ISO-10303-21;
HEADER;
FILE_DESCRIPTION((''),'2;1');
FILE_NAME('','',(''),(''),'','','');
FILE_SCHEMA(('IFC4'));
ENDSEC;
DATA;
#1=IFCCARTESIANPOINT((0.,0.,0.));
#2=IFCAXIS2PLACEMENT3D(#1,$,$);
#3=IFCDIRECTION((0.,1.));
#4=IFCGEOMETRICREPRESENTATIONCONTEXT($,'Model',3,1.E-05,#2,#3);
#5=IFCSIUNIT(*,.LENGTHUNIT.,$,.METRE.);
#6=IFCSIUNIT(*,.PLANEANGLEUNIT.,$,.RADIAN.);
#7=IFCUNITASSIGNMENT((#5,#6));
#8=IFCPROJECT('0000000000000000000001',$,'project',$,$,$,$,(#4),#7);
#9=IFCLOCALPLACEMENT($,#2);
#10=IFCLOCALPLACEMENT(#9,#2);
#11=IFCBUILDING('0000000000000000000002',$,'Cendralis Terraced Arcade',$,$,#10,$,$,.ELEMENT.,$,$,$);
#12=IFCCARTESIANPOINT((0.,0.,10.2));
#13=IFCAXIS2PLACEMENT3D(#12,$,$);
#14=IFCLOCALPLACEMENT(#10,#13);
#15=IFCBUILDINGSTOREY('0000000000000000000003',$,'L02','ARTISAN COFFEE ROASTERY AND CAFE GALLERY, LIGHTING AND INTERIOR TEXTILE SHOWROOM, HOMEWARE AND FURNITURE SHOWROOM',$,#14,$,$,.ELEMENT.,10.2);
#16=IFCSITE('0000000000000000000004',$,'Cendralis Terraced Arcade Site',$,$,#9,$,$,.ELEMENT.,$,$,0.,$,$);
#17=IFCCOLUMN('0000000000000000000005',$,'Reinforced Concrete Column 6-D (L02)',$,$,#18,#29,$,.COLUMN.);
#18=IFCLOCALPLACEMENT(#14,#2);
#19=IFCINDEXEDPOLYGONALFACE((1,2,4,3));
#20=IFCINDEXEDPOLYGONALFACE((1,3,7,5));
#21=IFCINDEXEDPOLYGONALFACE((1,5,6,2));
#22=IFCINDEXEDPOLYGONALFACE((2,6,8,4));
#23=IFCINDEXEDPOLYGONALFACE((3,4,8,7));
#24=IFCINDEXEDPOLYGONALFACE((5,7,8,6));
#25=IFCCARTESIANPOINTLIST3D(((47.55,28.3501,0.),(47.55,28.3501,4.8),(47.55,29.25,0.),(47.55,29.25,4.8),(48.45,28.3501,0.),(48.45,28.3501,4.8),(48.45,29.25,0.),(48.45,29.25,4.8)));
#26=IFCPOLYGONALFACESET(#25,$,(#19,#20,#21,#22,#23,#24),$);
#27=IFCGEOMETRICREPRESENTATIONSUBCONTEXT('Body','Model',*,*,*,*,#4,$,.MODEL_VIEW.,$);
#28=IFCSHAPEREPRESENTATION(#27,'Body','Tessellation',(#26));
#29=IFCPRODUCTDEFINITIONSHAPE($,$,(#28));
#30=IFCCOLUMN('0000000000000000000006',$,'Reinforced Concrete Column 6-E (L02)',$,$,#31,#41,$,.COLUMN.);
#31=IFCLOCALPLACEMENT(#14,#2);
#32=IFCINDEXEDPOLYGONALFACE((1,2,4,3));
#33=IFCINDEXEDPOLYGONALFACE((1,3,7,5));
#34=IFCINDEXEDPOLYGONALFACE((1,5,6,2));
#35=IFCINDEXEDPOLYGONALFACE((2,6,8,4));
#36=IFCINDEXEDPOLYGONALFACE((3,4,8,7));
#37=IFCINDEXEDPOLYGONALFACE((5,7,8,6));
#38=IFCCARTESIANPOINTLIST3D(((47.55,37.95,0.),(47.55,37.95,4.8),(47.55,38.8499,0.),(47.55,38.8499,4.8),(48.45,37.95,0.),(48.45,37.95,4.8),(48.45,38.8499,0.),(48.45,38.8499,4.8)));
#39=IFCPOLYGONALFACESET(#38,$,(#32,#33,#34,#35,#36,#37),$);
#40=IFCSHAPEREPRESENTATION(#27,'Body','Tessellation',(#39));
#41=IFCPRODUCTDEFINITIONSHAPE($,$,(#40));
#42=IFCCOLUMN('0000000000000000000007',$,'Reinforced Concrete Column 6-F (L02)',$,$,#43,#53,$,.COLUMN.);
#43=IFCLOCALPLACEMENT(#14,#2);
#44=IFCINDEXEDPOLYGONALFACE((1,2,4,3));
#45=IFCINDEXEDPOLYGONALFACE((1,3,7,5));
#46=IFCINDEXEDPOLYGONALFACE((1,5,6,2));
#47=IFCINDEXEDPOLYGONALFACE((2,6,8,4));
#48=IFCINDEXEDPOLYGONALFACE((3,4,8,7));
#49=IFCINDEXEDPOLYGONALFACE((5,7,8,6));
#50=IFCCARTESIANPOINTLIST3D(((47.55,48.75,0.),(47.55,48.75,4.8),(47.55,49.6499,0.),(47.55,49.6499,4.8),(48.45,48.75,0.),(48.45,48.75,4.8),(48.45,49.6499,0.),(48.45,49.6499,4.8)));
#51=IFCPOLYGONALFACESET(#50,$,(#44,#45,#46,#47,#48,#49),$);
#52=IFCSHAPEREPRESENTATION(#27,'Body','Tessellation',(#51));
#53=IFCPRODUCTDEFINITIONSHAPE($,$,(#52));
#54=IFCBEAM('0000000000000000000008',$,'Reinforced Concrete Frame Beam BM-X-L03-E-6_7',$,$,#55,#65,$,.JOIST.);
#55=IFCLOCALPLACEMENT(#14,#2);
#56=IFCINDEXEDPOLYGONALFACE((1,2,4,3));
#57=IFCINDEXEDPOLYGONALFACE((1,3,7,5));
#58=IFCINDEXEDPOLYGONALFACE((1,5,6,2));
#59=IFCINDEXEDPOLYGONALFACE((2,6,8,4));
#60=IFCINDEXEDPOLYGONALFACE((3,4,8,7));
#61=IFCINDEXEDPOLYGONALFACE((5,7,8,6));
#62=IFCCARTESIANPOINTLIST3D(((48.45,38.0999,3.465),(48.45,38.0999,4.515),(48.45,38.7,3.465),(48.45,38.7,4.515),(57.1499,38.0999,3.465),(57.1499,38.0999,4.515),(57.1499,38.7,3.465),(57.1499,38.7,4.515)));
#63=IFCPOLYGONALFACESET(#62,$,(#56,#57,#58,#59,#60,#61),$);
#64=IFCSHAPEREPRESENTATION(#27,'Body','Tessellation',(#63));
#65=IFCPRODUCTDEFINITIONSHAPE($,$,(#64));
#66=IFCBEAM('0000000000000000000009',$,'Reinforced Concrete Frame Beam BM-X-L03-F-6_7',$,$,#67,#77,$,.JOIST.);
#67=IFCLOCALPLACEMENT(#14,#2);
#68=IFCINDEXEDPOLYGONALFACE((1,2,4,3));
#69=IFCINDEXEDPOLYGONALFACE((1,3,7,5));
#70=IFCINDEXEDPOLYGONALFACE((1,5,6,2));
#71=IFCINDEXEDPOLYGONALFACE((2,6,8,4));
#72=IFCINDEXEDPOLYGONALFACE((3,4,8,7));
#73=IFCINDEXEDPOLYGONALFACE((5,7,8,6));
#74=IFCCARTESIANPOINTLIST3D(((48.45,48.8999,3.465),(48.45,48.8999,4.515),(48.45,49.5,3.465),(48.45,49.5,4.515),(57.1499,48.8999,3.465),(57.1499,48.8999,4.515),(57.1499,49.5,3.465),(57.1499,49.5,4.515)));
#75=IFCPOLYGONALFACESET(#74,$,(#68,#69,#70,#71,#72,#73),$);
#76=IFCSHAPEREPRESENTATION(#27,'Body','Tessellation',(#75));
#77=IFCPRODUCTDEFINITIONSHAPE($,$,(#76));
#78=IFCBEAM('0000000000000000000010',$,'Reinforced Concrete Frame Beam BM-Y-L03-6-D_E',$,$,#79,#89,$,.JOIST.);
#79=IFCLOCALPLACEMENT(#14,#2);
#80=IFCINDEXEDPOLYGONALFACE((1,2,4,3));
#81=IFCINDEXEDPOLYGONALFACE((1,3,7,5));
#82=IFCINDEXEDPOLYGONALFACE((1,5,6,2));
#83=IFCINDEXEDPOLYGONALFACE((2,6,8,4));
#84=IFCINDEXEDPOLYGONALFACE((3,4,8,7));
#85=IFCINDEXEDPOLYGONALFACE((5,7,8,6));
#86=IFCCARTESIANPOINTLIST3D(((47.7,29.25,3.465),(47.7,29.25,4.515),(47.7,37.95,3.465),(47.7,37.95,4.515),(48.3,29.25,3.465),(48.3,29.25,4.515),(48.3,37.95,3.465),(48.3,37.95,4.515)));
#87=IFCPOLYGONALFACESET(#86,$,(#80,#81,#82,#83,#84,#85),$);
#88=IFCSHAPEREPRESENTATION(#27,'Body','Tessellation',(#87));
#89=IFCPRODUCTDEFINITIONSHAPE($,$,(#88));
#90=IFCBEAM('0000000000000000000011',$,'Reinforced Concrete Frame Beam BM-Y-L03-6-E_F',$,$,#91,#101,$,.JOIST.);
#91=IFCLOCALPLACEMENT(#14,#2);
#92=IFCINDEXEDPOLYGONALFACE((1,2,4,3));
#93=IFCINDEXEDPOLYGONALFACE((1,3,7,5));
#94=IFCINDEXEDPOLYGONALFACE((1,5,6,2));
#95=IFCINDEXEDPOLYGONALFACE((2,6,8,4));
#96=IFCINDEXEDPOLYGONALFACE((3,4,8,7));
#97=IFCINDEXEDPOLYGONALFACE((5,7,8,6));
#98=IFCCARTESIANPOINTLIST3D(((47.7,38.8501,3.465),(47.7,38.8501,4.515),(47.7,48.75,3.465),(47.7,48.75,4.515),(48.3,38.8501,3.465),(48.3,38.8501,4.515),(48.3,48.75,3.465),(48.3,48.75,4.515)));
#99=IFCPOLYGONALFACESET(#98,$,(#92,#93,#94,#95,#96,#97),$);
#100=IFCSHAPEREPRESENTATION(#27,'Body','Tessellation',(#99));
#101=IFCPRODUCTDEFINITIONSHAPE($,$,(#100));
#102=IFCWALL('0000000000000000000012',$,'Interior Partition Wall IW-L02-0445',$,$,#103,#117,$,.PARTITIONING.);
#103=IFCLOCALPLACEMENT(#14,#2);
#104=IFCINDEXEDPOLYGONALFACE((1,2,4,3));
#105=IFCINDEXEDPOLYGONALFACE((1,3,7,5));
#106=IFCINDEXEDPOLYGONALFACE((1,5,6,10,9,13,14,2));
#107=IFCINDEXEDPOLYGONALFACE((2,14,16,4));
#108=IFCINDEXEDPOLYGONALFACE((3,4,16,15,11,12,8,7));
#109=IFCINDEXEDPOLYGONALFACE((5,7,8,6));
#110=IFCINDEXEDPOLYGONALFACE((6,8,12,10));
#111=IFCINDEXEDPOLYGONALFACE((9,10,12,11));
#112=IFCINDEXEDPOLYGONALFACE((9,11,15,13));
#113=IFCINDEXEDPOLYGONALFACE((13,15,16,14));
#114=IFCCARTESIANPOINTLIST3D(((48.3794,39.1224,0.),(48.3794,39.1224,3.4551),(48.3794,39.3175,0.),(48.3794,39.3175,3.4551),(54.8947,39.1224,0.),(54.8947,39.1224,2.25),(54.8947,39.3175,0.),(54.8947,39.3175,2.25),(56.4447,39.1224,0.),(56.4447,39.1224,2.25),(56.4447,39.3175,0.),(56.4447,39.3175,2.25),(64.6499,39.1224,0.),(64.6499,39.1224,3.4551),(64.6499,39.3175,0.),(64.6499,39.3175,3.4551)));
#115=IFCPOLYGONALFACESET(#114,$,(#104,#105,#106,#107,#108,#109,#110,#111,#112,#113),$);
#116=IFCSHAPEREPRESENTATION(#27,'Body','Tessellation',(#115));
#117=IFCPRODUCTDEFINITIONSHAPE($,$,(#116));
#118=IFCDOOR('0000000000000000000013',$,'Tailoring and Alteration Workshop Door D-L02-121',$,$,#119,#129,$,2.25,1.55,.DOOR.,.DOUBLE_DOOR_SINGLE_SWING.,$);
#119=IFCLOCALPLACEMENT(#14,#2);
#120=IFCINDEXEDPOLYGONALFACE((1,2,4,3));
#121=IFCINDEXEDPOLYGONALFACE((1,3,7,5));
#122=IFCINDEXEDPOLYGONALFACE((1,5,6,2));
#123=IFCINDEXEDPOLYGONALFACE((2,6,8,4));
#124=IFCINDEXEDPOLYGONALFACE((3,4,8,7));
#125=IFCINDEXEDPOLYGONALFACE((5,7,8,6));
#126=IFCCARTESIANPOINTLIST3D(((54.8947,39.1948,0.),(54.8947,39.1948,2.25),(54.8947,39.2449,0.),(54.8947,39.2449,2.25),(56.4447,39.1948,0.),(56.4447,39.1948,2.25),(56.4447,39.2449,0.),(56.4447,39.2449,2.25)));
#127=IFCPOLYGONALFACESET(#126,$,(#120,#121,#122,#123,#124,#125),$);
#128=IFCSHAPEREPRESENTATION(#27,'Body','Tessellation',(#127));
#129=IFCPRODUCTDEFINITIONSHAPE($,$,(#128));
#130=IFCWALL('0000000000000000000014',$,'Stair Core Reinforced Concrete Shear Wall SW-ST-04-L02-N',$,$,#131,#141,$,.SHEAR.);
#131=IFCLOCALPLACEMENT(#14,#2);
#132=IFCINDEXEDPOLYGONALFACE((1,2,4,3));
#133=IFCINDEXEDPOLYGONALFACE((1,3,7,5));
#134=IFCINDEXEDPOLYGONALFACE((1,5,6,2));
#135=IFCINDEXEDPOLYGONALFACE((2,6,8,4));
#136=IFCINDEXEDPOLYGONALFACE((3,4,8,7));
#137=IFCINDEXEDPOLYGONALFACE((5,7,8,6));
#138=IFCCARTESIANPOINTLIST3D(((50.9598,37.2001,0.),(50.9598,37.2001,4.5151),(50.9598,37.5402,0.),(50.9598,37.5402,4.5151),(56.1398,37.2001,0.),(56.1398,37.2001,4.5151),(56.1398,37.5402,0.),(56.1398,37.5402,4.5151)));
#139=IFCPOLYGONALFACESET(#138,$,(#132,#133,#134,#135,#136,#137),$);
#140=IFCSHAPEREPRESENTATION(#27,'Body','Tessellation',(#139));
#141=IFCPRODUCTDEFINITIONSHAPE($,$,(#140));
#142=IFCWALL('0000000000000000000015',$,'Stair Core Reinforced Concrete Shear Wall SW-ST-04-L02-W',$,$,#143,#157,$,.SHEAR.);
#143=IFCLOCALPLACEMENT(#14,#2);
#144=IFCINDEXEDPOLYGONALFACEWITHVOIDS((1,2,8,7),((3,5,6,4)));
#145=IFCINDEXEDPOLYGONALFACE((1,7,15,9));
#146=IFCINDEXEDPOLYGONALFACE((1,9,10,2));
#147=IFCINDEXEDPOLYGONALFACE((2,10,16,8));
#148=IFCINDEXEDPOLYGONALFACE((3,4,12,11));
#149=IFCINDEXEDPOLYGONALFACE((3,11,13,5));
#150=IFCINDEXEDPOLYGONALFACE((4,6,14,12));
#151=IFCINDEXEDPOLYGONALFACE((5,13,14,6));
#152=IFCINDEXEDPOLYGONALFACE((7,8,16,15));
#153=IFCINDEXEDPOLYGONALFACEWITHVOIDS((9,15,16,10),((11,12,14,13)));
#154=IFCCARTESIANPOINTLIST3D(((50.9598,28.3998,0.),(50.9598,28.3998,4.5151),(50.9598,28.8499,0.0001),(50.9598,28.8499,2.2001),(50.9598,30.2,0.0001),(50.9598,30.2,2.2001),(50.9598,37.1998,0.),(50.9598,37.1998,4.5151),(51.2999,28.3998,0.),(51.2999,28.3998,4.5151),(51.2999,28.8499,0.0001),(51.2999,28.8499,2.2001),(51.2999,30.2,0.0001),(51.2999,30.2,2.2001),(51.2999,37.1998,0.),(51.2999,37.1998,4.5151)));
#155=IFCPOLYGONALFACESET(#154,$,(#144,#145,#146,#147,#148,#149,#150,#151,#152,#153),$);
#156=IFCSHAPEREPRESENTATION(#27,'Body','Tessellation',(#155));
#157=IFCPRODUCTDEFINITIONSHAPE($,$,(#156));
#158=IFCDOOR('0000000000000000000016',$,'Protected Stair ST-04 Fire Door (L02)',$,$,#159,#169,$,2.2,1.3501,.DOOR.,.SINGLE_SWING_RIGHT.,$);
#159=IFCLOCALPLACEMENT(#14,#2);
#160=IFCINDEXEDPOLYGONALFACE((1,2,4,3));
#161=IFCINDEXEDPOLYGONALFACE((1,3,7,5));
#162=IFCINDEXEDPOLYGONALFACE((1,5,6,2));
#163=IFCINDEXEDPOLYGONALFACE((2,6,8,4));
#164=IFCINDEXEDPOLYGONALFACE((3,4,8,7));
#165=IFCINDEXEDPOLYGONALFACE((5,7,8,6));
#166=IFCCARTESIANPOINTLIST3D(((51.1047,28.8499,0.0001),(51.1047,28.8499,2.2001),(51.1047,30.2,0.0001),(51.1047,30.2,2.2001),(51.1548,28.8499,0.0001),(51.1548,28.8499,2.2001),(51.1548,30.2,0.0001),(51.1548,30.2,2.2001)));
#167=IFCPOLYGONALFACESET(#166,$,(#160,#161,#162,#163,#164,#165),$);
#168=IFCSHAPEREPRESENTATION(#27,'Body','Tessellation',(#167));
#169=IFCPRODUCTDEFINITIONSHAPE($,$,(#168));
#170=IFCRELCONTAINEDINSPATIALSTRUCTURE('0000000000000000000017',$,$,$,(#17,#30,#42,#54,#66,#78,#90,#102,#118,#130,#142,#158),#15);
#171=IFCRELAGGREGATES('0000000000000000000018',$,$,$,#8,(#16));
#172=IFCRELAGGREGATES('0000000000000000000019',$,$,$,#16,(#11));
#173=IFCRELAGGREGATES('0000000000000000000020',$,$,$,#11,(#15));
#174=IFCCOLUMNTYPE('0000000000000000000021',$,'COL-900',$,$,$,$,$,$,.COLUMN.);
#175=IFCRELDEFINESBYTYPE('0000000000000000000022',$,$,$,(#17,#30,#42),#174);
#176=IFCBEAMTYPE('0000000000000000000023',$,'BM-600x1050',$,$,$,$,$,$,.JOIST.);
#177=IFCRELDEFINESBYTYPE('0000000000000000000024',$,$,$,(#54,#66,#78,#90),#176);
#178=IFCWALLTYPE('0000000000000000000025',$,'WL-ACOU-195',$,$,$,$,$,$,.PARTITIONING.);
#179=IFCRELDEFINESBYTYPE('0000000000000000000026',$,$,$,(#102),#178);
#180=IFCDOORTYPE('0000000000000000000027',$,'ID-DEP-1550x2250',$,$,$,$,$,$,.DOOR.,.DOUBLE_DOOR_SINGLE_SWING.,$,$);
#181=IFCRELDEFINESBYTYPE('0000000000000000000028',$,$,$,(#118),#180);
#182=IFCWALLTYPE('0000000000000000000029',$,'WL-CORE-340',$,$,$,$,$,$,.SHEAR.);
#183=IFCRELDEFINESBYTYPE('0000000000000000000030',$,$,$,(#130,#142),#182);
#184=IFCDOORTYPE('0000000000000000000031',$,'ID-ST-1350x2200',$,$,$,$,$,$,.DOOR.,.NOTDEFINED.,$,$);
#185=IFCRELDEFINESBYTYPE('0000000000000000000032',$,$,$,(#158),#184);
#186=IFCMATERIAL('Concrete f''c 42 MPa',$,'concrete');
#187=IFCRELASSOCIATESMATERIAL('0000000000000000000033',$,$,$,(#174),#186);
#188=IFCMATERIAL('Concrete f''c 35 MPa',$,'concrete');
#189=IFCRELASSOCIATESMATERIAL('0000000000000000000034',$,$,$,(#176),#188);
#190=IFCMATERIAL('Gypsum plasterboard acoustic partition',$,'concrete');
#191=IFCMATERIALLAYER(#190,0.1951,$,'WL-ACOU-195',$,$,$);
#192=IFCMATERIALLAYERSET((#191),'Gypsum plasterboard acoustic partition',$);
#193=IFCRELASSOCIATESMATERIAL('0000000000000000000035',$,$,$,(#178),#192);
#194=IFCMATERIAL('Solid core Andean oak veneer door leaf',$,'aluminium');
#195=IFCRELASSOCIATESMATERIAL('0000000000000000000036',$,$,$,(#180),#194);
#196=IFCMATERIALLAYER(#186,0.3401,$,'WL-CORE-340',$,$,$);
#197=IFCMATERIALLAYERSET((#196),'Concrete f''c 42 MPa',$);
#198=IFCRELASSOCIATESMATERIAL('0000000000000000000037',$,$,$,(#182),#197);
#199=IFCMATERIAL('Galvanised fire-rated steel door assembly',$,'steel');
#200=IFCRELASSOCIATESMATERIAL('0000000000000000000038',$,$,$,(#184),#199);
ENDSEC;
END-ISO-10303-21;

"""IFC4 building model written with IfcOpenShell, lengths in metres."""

from ifc_helpers import new_model, si_unit, direction, frame, frame_2d, origin, origin_2d, place, context, subcontext, project, spatial, rectangle, extrude, material, layer, layer_set, material_profile, profile_set, type_object, element, fill, save


model = new_model("IFC4")

# Units and contexts
model_context = context("Model", 3, precision=1e-05, world=origin(), true_north=direction((0.0, 1.0)))
body_context = subcontext(model_context, "Body", "Model", "MODEL_VIEW")
ifc_project = project(units=[si_unit("LENGTHUNIT", "METRE"), si_unit("PLANEANGLEUNIT", "RADIAN")], contexts=[model_context])

# Site, building, storey
site_placement = place(None, origin())
site = spatial("IfcSite", under=ifc_project, at=site_placement, Name="Cendralis Terraced Arcade Site", CompositionType="ELEMENT", RefElevation=0.0)
building_placement = place(site_placement, origin())
building = spatial("IfcBuilding", under=site, at=building_placement, Name="Cendralis Terraced Arcade", CompositionType="ELEMENT")
storey_placement = place(building_placement, frame((0.0, 0.0, 10.2)))
storey = spatial("IfcBuildingStorey", under=building, at=storey_placement, Name="L02", Description="ARTISAN COFFEE ROASTERY AND CAFE GALLERY, LIGHTING AND INTERIOR TEXTILE SHOWROOM, HOMEWARE AND FURNITURE SHOWROOM", CompositionType="ELEMENT", Elevation=10.2)

# Columns
ifc_material_1 = material(Name="Concrete f'c 42 MPa", Category="concrete")
ifc_material_profile_1 = material_profile(ifc_material_1, rectangle(XDim=0.8999, YDim=0.8999, at=origin_2d()), Name="RC-COL-900x900", Category="LoadBearing")
ifc_profile_set_1 = profile_set([ifc_material_profile_1], Name="Concrete f'c 42 MPa")
column_type = type_object("IfcColumnType", Name="COL-900", PredefinedType="COLUMN", material=ifc_profile_set_1)
for number, where, z_axis, x_axis, name in (
    (1, (48.0, 28.8, 0.0), (0.0, 0.0, 1.0), (1.0, 0.0, 0.0), "Reinforced Concrete Column 6-D (L02)"),
    (2, (48.0, 38.3999, 0.0), (0.0, 0.0, 1.0), (1.0, 0.0, 0.0), "Reinforced Concrete Column 6-E (L02)"),
    (3, (48.0, 49.2, 0.0), (0.0, 0.0, 1.0), (1.0, 0.0, 0.0), "Reinforced Concrete Column 6-F (L02)"),
):
    element("IfcColumn", number, at=place(storey_placement, frame(where, z_axis=z_axis, x_axis=x_axis)), inside=storey, type_object=column_type, Name=name, PredefinedType="COLUMN", context=body_context, shape_type="SweptSolid", body=[
        extrude(rectangle(XDim=0.8999, YDim=0.8999, at=origin_2d()), origin(), (0.0, 0.0, 1.0), 4.8),
    ])

# Beams
ifc_material_2 = material(Name="Concrete f'c 35 MPa", Category="concrete")
ifc_material_profile_2 = material_profile(ifc_material_2, rectangle(XDim=0.6001, YDim=1.05, at=origin_2d()), Name="RC-BM-600x1050", Category="LoadBearing")
ifc_profile_set_2 = profile_set([ifc_material_profile_2], Name="Concrete f'c 35 MPa")
beam_type = type_object("IfcBeamType", Name="BM-600x1050", PredefinedType="JOIST", material=ifc_profile_set_2)
for number, where, z_axis, x_axis, name in (
    (4, (48.45, 38.3999, 3.99), (1.0, 0.0, 0.0), (0.0, 1.0, 0.0), "Reinforced Concrete Frame Beam BM-X-L03-E-6_7"),
    (5, (48.45, 49.2, 3.99), (1.0, 0.0, 0.0), (0.0, 1.0, 0.0), "Reinforced Concrete Frame Beam BM-X-L03-F-6_7"),
    (6, (48.0, 29.25, 3.99), (0.0, 1.0, 0.0), (-1.0, 0.0, 0.0), "Reinforced Concrete Frame Beam BM-Y-L03-6-D_E"),
):
    element("IfcBeam", number, at=place(storey_placement, frame(where, z_axis=z_axis, x_axis=x_axis)), inside=storey, type_object=beam_type, Name=name, PredefinedType="JOIST", context=body_context, shape_type="SweptSolid", body=[
        extrude(rectangle(XDim=0.6001, YDim=1.05, at=origin_2d()), origin(), (0.0, 0.0, 1.0), 8.7),
    ])
beam_placement = place(storey_placement, frame((48.0, 38.8501, 3.99), z_axis=(0.0, 1.0, 0.0), x_axis=(-1.0, 0.0, 0.0)))
element("IfcBeam", 7, at=beam_placement, inside=storey, type_object=beam_type, Name="Reinforced Concrete Frame Beam BM-Y-L03-6-E_F", PredefinedType="JOIST", context=body_context, shape_type="SweptSolid", body=[
    extrude(rectangle(XDim=0.6001, YDim=1.05, at=origin_2d()), origin(), (0.0, 0.0, 1.0), 9.8999),
])

# Wall, opening, door
ifc_material_3 = material(Name="Gypsum plasterboard acoustic partition", Category="concrete")
ifc_layer_1 = layer(ifc_material_3, 0.1951, Name="WL-ACOU-195")
ifc_layer_set_1 = layer_set([ifc_layer_1], Name="Gypsum plasterboard acoustic partition")
wall_type_1 = type_object("IfcWallType", Name="WL-ACOU-195", PredefinedType="PARTITIONING", material=ifc_layer_set_1)
wall_1_placement = place(storey_placement, frame((48.3794, 39.22, 0.0), z_axis=(0.0, 0.0, 1.0), x_axis=(1.0, 0.0, 0.0)))
wall_1 = element("IfcWall", 8, at=wall_1_placement, inside=storey, type_object=wall_type_1, Name="Interior Partition Wall IW-L02-0445", PredefinedType="PARTITIONING", context=body_context, shape_type="SweptSolid", body=[
    extrude(rectangle(XDim=16.2705, YDim=0.1951, at=frame_2d((8.1353, 0.0))), origin(), (0.0, 0.0, 1.0), 3.4551),
])
opening_1_placement = place(wall_1_placement, frame((6.5154, 0.0, 0.0)))
opening_1 = element("IfcOpeningElement", 9, at=opening_1_placement, cuts=wall_1, PredefinedType="OPENING", context=body_context, shape_type="SweptSolid", body=[
    extrude(rectangle(XDim=1.55, YDim=2.25, at=frame_2d((0.7749, 1.125))), frame((0.0, 0.1094, 0.0), z_axis=(0.0, -1.0, 0.0), x_axis=(1.0, 0.0, 0.0)), (0.0, 0.0, 1.0), 0.219),
])
ifc_material_4 = material(Name="Solid core Andean oak veneer door leaf", Category="aluminium")
door_type_1 = type_object("IfcDoorType", Name="ID-DEP-1550x2250", OperationType="DOUBLE_DOOR_SINGLE_SWING", PredefinedType="DOOR", material=ifc_material_4)
door_1_placement = place(opening_1_placement, origin())
door_1 = element("IfcDoor", 10, at=door_1_placement, inside=storey, type_object=door_type_1, Name="Tailoring and Alteration Workshop Door D-L02-121", OperationType="DOUBLE_DOOR_SINGLE_SWING", OverallHeight=2.25, OverallWidth=1.55, PredefinedType="DOOR", context=body_context, shape_type="SweptSolid", body=[
    extrude(rectangle(XDim=1.55, YDim=2.25, at=frame_2d((0.7749, 1.125))), frame((0.0, 0.0249, 0.0), z_axis=(0.0, -1.0, 0.0), x_axis=(1.0, 0.0, 0.0)), (0.0, 0.0, 1.0), 0.05),
])
fill(opening_1, door_1)

# Wall
ifc_layer_2 = layer(ifc_material_1, 0.3401, Name="WL-CORE-340")
ifc_layer_set_2 = layer_set([ifc_layer_2], Name="Concrete f'c 42 MPa")
wall_type_2 = type_object("IfcWallType", Name="WL-CORE-340", PredefinedType="SHEAR", material=ifc_layer_set_2)
wall_2_placement = place(storey_placement, frame((50.96, 37.3701, 0.0), z_axis=(0.0, 0.0, 1.0), x_axis=(1.0, 0.0, 0.0)))
element("IfcWall", 11, at=wall_2_placement, inside=storey, type_object=wall_type_2, Name="Stair Core Reinforced Concrete Shear Wall SW-ST-04-L02-N", PredefinedType="SHEAR", context=body_context, shape_type="SweptSolid", body=[
    extrude(rectangle(XDim=5.1799, YDim=0.3401, at=frame_2d((2.5898, 0.0))), origin(), (0.0, 0.0, 1.0), 4.5151),
])

# Wall, opening, door
wall_3_placement = place(storey_placement, frame((51.1299, 28.3999, 0.0), z_axis=(0.0, 0.0, 1.0), x_axis=(0.0, 1.0, 0.0)))
wall_3 = element("IfcWall", 12, at=wall_3_placement, inside=storey, type_object=wall_type_2, Name="Stair Core Reinforced Concrete Shear Wall SW-ST-04-L02-W", PredefinedType="SHEAR", context=body_context, shape_type="SweptSolid", body=[
    extrude(rectangle(XDim=8.8, YDim=0.3401, at=frame_2d((4.3999, 0.0))), origin(), (0.0, 0.0, 1.0), 4.5151),
])
opening_2_placement = place(wall_3_placement, frame((0.45, 0.0, 0.0)))
opening_2 = element("IfcOpeningElement", 13, at=opening_2_placement, cuts=wall_3, PredefinedType="OPENING", context=body_context, shape_type="SweptSolid", body=[
    extrude(rectangle(XDim=1.3501, YDim=2.2, at=frame_2d((0.675, 1.1001))), frame((0.0, 0.1821, 0.0), z_axis=(0.0, -1.0, 0.0), x_axis=(1.0, 0.0, 0.0)), (0.0, 0.0, 1.0), 0.364),
])
ifc_material_5 = material(Name="Galvanised fire-rated steel door assembly", Category="steel")
door_type_2 = type_object("IfcDoorType", Name="ID-ST-1350x2200", OperationType="NOTDEFINED", PredefinedType="DOOR", material=ifc_material_5)
door_2_placement = place(opening_2_placement, frame((1.3501, 0.0, 0.0), z_axis=(0.0, 0.0, 1.0), x_axis=(-1.0, 0.0, 0.0)))
door_2 = element("IfcDoor", 14, at=door_2_placement, inside=storey, type_object=door_type_2, Name="Protected Stair ST-04 Fire Door (L02)", OperationType="SINGLE_SWING_RIGHT", OverallHeight=2.2, OverallWidth=1.3501, PredefinedType="DOOR", context=body_context, shape_type="SweptSolid", body=[
    extrude(rectangle(XDim=1.3501, YDim=2.2, at=frame_2d((0.675, 1.1001))), frame((0.0, 0.0249, 0.0), z_axis=(0.0, -1.0, 0.0), x_axis=(1.0, 0.0, 0.0)), (0.0, 0.0, 1.0), 0.05),
])
fill(opening_2, door_2)

save(model, "model.ifc")
